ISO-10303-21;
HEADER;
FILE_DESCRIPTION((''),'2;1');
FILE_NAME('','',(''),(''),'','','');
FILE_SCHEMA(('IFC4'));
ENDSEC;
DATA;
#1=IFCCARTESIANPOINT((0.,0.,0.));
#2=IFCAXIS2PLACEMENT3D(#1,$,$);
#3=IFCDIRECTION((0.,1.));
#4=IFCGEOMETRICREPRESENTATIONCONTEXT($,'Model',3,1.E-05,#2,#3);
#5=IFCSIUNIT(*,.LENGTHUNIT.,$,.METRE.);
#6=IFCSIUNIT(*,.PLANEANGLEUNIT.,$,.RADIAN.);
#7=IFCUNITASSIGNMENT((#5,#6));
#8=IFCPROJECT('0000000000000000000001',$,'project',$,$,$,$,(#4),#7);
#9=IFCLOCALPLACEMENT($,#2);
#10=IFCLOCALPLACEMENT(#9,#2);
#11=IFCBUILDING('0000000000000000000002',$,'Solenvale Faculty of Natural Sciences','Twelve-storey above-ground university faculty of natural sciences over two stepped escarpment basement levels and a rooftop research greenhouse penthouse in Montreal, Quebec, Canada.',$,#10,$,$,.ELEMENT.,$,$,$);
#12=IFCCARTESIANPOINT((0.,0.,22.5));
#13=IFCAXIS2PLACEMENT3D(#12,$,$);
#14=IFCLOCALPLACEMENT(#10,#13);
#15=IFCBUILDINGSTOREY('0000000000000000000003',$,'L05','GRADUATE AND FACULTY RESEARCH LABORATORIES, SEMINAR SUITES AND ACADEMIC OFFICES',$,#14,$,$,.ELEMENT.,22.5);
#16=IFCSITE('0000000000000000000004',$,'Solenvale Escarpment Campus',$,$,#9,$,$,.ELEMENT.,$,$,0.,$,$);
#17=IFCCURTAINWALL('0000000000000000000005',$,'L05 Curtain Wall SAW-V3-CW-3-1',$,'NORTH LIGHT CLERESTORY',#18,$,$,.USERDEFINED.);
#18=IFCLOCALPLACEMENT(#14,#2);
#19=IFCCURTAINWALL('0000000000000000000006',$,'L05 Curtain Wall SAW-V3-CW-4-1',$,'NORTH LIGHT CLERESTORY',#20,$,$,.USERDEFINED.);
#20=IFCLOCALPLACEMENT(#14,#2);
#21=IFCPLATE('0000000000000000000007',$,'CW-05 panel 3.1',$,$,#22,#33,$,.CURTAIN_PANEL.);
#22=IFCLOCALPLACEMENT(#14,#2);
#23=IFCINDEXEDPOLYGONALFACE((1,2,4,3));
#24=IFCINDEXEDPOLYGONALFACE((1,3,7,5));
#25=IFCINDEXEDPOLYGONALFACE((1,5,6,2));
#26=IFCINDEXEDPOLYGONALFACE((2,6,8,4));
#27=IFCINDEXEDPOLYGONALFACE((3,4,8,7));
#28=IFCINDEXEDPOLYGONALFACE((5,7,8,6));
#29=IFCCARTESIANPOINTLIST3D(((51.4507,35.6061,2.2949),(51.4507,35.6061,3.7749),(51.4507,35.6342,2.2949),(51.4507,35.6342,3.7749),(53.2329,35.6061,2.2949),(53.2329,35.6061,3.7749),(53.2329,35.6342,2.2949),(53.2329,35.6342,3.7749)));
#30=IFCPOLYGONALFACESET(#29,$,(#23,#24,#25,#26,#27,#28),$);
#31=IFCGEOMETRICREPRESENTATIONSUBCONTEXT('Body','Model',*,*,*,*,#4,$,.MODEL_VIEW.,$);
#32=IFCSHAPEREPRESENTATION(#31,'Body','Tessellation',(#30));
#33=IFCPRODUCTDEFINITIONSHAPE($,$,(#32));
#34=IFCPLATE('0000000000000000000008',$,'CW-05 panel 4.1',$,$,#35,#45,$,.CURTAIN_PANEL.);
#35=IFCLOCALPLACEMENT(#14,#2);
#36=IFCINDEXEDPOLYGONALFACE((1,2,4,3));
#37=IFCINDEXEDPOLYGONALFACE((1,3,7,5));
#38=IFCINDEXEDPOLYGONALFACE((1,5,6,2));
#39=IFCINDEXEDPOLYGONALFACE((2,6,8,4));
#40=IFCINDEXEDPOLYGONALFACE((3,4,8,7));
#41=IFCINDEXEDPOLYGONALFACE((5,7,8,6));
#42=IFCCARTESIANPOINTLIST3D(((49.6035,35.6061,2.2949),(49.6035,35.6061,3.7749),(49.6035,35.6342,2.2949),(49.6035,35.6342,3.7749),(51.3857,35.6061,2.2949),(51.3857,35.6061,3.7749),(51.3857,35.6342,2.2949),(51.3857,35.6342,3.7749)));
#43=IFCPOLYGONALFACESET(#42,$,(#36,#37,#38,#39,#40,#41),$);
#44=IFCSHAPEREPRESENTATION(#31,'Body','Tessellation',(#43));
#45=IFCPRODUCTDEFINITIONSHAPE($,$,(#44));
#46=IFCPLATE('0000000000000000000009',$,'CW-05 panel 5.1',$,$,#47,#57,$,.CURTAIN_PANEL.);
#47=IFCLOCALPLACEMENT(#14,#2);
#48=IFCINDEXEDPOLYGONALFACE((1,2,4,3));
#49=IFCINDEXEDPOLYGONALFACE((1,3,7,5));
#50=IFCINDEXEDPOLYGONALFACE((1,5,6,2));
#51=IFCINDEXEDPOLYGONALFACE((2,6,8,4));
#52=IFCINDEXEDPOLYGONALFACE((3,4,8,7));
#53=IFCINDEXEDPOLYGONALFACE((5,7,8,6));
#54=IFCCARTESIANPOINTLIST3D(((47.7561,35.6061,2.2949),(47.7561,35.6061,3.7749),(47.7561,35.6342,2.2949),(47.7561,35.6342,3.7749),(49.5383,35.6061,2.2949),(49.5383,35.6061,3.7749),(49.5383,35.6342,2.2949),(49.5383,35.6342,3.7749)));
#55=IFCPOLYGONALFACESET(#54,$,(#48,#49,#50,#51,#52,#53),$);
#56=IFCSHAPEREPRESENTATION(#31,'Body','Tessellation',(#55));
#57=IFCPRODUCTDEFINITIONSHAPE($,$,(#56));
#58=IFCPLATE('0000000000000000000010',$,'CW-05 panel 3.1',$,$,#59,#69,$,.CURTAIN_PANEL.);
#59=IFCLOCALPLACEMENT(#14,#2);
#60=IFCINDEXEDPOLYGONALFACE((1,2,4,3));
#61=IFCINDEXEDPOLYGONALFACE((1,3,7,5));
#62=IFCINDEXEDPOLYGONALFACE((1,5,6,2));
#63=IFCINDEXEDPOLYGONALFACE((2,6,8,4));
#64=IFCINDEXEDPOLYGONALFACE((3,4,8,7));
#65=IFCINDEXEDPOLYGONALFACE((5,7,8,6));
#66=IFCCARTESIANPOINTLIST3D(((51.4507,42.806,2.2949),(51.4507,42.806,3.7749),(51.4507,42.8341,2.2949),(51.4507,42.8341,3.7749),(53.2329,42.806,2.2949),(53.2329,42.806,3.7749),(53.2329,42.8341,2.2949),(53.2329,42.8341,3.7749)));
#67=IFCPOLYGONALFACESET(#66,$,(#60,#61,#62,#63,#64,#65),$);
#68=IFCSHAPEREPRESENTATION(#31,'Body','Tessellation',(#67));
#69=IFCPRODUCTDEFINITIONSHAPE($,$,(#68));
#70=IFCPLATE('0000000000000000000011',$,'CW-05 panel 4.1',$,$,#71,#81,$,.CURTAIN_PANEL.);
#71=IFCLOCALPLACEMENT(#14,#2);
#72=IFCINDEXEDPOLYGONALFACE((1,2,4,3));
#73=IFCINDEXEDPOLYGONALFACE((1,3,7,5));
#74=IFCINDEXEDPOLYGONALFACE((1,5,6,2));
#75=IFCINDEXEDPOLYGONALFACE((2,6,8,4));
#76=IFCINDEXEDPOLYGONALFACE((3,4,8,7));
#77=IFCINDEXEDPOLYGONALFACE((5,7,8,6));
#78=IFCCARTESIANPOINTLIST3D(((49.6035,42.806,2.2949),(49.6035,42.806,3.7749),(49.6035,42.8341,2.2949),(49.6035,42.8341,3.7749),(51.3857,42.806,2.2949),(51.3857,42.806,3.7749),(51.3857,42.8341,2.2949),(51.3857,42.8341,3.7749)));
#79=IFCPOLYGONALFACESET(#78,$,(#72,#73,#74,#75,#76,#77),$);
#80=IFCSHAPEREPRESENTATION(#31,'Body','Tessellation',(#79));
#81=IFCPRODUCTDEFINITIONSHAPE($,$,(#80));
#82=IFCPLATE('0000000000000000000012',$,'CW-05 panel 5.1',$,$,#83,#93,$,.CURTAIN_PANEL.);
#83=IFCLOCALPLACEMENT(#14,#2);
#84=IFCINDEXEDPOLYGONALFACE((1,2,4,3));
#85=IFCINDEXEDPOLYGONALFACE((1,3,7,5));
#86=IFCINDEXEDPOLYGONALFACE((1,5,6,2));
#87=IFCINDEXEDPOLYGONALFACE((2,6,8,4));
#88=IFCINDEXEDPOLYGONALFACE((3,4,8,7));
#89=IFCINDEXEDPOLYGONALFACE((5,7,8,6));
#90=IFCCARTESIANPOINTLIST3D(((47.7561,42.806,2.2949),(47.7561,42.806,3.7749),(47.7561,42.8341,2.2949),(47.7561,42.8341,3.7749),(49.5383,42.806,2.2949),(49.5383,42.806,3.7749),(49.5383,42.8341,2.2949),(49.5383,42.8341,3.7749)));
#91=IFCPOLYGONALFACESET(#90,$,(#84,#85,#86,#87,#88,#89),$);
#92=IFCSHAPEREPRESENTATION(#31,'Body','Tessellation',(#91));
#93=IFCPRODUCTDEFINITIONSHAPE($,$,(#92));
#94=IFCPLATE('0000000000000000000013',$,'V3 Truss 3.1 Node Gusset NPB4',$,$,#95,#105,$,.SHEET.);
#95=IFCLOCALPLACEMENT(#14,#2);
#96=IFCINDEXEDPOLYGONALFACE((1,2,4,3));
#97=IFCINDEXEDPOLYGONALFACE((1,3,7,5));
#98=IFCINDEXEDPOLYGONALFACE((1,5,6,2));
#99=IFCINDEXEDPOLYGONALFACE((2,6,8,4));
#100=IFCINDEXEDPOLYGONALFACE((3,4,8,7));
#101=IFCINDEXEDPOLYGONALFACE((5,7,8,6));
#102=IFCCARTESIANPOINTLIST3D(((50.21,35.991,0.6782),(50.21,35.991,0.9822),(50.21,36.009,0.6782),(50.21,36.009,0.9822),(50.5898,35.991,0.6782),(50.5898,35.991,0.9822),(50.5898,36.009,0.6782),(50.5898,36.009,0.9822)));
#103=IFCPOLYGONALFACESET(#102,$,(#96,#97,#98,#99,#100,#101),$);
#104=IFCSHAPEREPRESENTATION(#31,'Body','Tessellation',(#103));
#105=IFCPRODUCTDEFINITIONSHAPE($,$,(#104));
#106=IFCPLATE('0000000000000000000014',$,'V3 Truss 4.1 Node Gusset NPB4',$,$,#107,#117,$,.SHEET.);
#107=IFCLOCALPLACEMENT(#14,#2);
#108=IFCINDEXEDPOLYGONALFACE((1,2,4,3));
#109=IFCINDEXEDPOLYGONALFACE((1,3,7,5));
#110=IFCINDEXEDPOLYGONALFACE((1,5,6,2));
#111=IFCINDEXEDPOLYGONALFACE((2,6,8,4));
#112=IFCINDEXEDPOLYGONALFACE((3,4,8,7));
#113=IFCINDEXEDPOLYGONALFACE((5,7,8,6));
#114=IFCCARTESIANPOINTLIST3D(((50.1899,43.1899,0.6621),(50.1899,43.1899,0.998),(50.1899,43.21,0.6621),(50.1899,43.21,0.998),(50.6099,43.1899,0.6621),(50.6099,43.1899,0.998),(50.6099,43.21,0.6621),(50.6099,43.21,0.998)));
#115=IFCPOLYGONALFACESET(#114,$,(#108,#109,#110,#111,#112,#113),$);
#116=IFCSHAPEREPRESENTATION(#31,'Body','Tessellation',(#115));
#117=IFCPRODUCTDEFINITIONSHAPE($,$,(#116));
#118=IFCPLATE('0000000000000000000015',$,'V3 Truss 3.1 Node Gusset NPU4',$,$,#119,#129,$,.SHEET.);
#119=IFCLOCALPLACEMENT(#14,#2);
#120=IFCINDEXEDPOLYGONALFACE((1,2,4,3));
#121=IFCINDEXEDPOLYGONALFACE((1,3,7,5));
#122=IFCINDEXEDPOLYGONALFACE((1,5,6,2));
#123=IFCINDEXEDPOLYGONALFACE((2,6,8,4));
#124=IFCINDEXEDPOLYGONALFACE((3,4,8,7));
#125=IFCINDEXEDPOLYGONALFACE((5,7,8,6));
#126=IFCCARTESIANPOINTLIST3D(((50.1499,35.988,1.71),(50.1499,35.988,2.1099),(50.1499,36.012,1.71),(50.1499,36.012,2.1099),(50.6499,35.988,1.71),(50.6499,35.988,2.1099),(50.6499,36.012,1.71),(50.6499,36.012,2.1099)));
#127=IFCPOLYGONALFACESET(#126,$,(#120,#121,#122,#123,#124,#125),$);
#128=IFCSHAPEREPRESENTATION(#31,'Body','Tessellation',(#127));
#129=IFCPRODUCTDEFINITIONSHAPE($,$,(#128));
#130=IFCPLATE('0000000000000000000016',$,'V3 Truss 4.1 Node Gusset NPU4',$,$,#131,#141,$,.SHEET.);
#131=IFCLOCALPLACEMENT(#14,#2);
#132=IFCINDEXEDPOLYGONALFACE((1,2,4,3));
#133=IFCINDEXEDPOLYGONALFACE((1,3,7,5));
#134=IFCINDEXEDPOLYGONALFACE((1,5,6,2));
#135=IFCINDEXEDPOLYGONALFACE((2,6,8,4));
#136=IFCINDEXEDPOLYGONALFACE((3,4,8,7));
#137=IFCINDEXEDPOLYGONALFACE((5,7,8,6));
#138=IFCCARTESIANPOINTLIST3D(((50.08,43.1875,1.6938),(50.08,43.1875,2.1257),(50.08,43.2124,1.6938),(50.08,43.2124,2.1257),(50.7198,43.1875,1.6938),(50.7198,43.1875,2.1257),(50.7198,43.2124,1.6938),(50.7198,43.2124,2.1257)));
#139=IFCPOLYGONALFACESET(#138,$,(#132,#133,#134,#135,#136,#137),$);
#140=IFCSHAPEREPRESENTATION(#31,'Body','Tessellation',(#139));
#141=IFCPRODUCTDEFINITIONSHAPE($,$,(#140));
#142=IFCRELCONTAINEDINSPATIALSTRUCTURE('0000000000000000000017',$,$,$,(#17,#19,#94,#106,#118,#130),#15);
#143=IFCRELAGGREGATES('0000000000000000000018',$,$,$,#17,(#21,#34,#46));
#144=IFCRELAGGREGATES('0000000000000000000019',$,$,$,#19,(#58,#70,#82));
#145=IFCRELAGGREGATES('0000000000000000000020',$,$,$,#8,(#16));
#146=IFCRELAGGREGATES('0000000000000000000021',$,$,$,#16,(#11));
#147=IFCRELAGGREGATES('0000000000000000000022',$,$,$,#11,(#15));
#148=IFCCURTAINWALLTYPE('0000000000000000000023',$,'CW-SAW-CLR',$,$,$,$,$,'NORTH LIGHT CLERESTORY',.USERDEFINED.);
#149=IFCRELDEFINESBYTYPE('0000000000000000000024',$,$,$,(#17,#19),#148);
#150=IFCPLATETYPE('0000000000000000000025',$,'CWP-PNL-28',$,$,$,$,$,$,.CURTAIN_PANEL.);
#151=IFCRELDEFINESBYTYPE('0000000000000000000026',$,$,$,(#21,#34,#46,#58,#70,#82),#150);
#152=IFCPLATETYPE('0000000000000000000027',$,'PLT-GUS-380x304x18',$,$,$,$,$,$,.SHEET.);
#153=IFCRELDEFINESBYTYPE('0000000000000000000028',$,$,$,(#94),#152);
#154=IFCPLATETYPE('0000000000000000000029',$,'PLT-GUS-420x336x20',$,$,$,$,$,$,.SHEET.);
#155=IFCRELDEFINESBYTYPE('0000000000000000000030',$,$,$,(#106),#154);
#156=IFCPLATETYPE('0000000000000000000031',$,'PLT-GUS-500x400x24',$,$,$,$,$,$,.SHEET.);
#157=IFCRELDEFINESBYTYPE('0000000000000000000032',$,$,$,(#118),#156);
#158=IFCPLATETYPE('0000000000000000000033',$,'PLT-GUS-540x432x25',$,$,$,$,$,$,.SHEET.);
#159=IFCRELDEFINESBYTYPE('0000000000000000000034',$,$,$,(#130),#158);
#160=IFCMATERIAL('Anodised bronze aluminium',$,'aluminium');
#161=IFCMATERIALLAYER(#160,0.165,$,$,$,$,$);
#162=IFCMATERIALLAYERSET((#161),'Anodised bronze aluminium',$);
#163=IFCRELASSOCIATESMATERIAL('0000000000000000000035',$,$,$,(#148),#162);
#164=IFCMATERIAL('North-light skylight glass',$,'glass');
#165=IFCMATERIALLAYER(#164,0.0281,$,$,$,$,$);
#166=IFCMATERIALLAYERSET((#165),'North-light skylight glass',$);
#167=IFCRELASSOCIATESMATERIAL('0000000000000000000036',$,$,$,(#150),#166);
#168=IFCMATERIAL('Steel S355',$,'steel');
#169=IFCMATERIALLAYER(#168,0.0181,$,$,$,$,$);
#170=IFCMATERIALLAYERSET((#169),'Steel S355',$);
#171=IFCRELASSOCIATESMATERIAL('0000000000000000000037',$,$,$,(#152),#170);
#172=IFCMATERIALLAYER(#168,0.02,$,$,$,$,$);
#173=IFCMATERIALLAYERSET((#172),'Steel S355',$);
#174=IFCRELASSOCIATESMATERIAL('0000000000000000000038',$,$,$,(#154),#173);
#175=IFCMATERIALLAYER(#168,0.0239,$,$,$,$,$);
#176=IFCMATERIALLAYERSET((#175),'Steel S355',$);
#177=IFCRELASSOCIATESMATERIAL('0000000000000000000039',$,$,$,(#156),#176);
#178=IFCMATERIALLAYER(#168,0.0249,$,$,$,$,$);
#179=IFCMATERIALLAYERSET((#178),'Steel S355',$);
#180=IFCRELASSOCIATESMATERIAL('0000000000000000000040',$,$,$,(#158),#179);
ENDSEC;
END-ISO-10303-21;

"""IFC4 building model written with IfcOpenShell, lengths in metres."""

from ifc_helpers import new_model, si_unit, direction, frame, origin, origin_2d, place, context, subcontext, project, spatial, rectangle, extrude, material, layer, layer_set, type_object, element, aggregate, save


model = new_model("IFC4")

# Units and contexts
model_context = context("Model", 3, precision=1e-05, world=origin(), true_north=direction((0.0, 1.0)))
body_context = subcontext(model_context, "Body", "Model", "MODEL_VIEW")
ifc_project = project(units=[si_unit("LENGTHUNIT", "METRE"), si_unit("PLANEANGLEUNIT", "RADIAN")], contexts=[model_context])

# Site, building, storey
site_placement = place(None, origin())
site = spatial("IfcSite", under=ifc_project, at=site_placement, Name="Solenvale Escarpment Campus", CompositionType="ELEMENT", RefElevation=0.0)
building_placement = place(site_placement, origin())
building = spatial("IfcBuilding", under=site, at=building_placement, Name="Solenvale Faculty of Natural Sciences", Description="Twelve-storey above-ground university faculty of natural sciences over two stepped escarpment basement levels and a rooftop research greenhouse penthouse in Montreal, Quebec, Canada.", CompositionType="ELEMENT")
storey_placement = place(building_placement, frame((0.0, 0.0, 22.5)))
storey = spatial("IfcBuildingStorey", under=building, at=storey_placement, Name="L05", Description="GRADUATE AND FACULTY RESEARCH LABORATORIES, SEMINAR SUITES AND ACADEMIC OFFICES", CompositionType="ELEMENT", Elevation=22.5)

# Curtain walls
ifc_material_1 = material(Name="Anodised bronze aluminium", Category="aluminium")
ifc_layer_1 = layer(ifc_material_1, 0.165)
ifc_layer_set_1 = layer_set([ifc_layer_1], Name="Anodised bronze aluminium")
curtain_wall_type = type_object("IfcCurtainWallType", Name="CW-SAW-CLR", ElementType="NORTH LIGHT CLERESTORY", PredefinedType="USERDEFINED", material=ifc_layer_set_1)
curtain_wall_1_placement = place(storey_placement, origin())
curtain_wall_1 = element("IfcCurtainWall", 1, at=curtain_wall_1_placement, inside=storey, type_object=curtain_wall_type, Name="L05 Curtain Wall SAW-V3-CW-3-1", ObjectType="NORTH LIGHT CLERESTORY", PredefinedType="USERDEFINED")
curtain_wall_2_placement = place(storey_placement, origin())
curtain_wall_2 = element("IfcCurtainWall", 2, at=curtain_wall_2_placement, inside=storey, type_object=curtain_wall_type, Name="L05 Curtain Wall SAW-V3-CW-4-1", ObjectType="NORTH LIGHT CLERESTORY", PredefinedType="USERDEFINED")

# Shared definitions
ifc_material_2 = material(Name="Steel S355", Category="steel")

# Plates
ifc_material_3 = material(Name="North-light skylight glass", Category="glass")
ifc_layer_2 = layer(ifc_material_3, 0.0281)
ifc_layer_set_2 = layer_set([ifc_layer_2], Name="North-light skylight glass")
plate_type_1 = type_object("IfcPlateType", Name="CWP-PNL-28", PredefinedType="CURTAIN_PANEL", material=ifc_layer_set_2)
plate_1_placement = place(storey_placement, frame((52.3418, 35.6201, 2.2949), z_axis=(0.0, 0.0, 1.0), x_axis=(-1.0, 0.0, 0.0)))
plate_1 = element("IfcPlate", 3, at=plate_1_placement, type_object=plate_type_1, Name="CW-05 panel 3.1", PredefinedType="CURTAIN_PANEL", context=body_context, shape_type="SweptSolid", body=[
    extrude(rectangle(XDim=1.7822, YDim=0.0281, at=origin_2d()), origin(), (0.0, 0.0, 1.0), 1.48),
])
plate_2_placement = place(storey_placement, frame((50.4946, 35.6201, 2.2949), z_axis=(0.0, 0.0, 1.0), x_axis=(-1.0, 0.0, 0.0)))
plate_2 = element("IfcPlate", 4, at=plate_2_placement, type_object=plate_type_1, Name="CW-05 panel 4.1", PredefinedType="CURTAIN_PANEL", context=body_context, shape_type="SweptSolid", body=[
    extrude(rectangle(XDim=1.7822, YDim=0.0281, at=origin_2d()), origin(), (0.0, 0.0, 1.0), 1.48),
])
plate_3_placement = place(storey_placement, frame((48.6472, 35.6201, 2.2949), z_axis=(0.0, 0.0, 1.0), x_axis=(-1.0, 0.0, 0.0)))
plate_3 = element("IfcPlate", 5, at=plate_3_placement, type_object=plate_type_1, Name="CW-05 panel 5.1", PredefinedType="CURTAIN_PANEL", context=body_context, shape_type="SweptSolid", body=[
    extrude(rectangle(XDim=1.7822, YDim=0.0281, at=origin_2d()), origin(), (0.0, 0.0, 1.0), 1.48),
])
aggregate(curtain_wall_1, [plate_1, plate_2, plate_3])
plate_4_placement = place(storey_placement, frame((52.3418, 42.8201, 2.2949), z_axis=(0.0, 0.0, 1.0), x_axis=(-1.0, 0.0, 0.0)))
plate_4 = element("IfcPlate", 6, at=plate_4_placement, type_object=plate_type_1, Name="CW-05 panel 3.1", PredefinedType="CURTAIN_PANEL", context=body_context, shape_type="SweptSolid", body=[
    extrude(rectangle(XDim=1.7822, YDim=0.0281, at=origin_2d()), origin(), (0.0, 0.0, 1.0), 1.48),
])
plate_5_placement = place(storey_placement, frame((50.4946, 42.8201, 2.2949), z_axis=(0.0, 0.0, 1.0), x_axis=(-1.0, 0.0, 0.0)))
plate_5 = element("IfcPlate", 7, at=plate_5_placement, type_object=plate_type_1, Name="CW-05 panel 4.1", PredefinedType="CURTAIN_PANEL", context=body_context, shape_type="SweptSolid", body=[
    extrude(rectangle(XDim=1.7822, YDim=0.0281, at=origin_2d()), origin(), (0.0, 0.0, 1.0), 1.48),
])
plate_6_placement = place(storey_placement, frame((48.6472, 42.8201, 2.2949), z_axis=(0.0, 0.0, 1.0), x_axis=(-1.0, 0.0, 0.0)))
plate_6 = element("IfcPlate", 8, at=plate_6_placement, type_object=plate_type_1, Name="CW-05 panel 5.1", PredefinedType="CURTAIN_PANEL", context=body_context, shape_type="SweptSolid", body=[
    extrude(rectangle(XDim=1.7822, YDim=0.0281, at=origin_2d()), origin(), (0.0, 0.0, 1.0), 1.48),
])
aggregate(curtain_wall_2, [plate_4, plate_5, plate_6])

# Plates
ifc_layer_3 = layer(ifc_material_2, 0.0181)
ifc_layer_set_3 = layer_set([ifc_layer_3], Name="Steel S355")
plate_type_2 = type_object("IfcPlateType", Name="PLT-GUS-380x304x18", PredefinedType="SHEET", material=ifc_layer_set_3)
plate_7_placement = place(storey_placement, frame((50.3999, 36.0, 0.6782), z_axis=(0.0, 0.0, 1.0), x_axis=(1.0, 0.0, 0.0)))
element("IfcPlate", 9, at=plate_7_placement, inside=storey, type_object=plate_type_2, Name="V3 Truss 3.1 Node Gusset NPB4", PredefinedType="SHEET", context=body_context, shape_type="SweptSolid", body=[
    extrude(rectangle(XDim=0.3799, YDim=0.0181, at=origin_2d()), origin(), (0.0, 0.0, 1.0), 0.304),
])
ifc_layer_4 = layer(ifc_material_2, 0.02)
ifc_layer_set_4 = layer_set([ifc_layer_4], Name="Steel S355")
plate_type_3 = type_object("IfcPlateType", Name="PLT-GUS-420x336x20", PredefinedType="SHEET", material=ifc_layer_set_4)
plate_8_placement = place(storey_placement, frame((50.3999, 43.2, 0.6621), z_axis=(0.0, 0.0, 1.0), x_axis=(1.0, 0.0, 0.0)))
element("IfcPlate", 10, at=plate_8_placement, inside=storey, type_object=plate_type_3, Name="V3 Truss 4.1 Node Gusset NPB4", PredefinedType="SHEET", context=body_context, shape_type="SweptSolid", body=[
    extrude(rectangle(XDim=0.4199, YDim=0.02, at=origin_2d()), origin(), (0.0, 0.0, 1.0), 0.3359),
])
ifc_layer_5 = layer(ifc_material_2, 0.0239)
ifc_layer_set_5 = layer_set([ifc_layer_5], Name="Steel S355")
plate_type_4 = type_object("IfcPlateType", Name="PLT-GUS-500x400x24", PredefinedType="SHEET", material=ifc_layer_set_5)
plate_9_placement = place(storey_placement, frame((50.3999, 36.0, 1.71), z_axis=(0.0, 0.0, 1.0), x_axis=(1.0, 0.0, 0.0)))
element("IfcPlate", 11, at=plate_9_placement, inside=storey, type_object=plate_type_4, Name="V3 Truss 3.1 Node Gusset NPU4", PredefinedType="SHEET", context=body_context, shape_type="SweptSolid", body=[
    extrude(rectangle(XDim=0.5, YDim=0.0239, at=origin_2d()), origin(), (0.0, 0.0, 1.0), 0.3999),
])
ifc_layer_6 = layer(ifc_material_2, 0.0249)
ifc_layer_set_6 = layer_set([ifc_layer_6], Name="Steel S355")
plate_type_5 = type_object("IfcPlateType", Name="PLT-GUS-540x432x25", PredefinedType="SHEET", material=ifc_layer_set_6)
plate_10_placement = place(storey_placement, frame((50.3999, 43.2, 1.6938), z_axis=(0.0, 0.0, 1.0), x_axis=(1.0, 0.0, 0.0)))
element("IfcPlate", 12, at=plate_10_placement, inside=storey, type_object=plate_type_5, Name="V3 Truss 4.1 Node Gusset NPU4", PredefinedType="SHEET", context=body_context, shape_type="SweptSolid", body=[
    extrude(rectangle(XDim=0.6399, YDim=0.0249, at=origin_2d()), origin(), (0.0, 0.0, 1.0), 0.4319),
])

save(model, "model.ifc")
